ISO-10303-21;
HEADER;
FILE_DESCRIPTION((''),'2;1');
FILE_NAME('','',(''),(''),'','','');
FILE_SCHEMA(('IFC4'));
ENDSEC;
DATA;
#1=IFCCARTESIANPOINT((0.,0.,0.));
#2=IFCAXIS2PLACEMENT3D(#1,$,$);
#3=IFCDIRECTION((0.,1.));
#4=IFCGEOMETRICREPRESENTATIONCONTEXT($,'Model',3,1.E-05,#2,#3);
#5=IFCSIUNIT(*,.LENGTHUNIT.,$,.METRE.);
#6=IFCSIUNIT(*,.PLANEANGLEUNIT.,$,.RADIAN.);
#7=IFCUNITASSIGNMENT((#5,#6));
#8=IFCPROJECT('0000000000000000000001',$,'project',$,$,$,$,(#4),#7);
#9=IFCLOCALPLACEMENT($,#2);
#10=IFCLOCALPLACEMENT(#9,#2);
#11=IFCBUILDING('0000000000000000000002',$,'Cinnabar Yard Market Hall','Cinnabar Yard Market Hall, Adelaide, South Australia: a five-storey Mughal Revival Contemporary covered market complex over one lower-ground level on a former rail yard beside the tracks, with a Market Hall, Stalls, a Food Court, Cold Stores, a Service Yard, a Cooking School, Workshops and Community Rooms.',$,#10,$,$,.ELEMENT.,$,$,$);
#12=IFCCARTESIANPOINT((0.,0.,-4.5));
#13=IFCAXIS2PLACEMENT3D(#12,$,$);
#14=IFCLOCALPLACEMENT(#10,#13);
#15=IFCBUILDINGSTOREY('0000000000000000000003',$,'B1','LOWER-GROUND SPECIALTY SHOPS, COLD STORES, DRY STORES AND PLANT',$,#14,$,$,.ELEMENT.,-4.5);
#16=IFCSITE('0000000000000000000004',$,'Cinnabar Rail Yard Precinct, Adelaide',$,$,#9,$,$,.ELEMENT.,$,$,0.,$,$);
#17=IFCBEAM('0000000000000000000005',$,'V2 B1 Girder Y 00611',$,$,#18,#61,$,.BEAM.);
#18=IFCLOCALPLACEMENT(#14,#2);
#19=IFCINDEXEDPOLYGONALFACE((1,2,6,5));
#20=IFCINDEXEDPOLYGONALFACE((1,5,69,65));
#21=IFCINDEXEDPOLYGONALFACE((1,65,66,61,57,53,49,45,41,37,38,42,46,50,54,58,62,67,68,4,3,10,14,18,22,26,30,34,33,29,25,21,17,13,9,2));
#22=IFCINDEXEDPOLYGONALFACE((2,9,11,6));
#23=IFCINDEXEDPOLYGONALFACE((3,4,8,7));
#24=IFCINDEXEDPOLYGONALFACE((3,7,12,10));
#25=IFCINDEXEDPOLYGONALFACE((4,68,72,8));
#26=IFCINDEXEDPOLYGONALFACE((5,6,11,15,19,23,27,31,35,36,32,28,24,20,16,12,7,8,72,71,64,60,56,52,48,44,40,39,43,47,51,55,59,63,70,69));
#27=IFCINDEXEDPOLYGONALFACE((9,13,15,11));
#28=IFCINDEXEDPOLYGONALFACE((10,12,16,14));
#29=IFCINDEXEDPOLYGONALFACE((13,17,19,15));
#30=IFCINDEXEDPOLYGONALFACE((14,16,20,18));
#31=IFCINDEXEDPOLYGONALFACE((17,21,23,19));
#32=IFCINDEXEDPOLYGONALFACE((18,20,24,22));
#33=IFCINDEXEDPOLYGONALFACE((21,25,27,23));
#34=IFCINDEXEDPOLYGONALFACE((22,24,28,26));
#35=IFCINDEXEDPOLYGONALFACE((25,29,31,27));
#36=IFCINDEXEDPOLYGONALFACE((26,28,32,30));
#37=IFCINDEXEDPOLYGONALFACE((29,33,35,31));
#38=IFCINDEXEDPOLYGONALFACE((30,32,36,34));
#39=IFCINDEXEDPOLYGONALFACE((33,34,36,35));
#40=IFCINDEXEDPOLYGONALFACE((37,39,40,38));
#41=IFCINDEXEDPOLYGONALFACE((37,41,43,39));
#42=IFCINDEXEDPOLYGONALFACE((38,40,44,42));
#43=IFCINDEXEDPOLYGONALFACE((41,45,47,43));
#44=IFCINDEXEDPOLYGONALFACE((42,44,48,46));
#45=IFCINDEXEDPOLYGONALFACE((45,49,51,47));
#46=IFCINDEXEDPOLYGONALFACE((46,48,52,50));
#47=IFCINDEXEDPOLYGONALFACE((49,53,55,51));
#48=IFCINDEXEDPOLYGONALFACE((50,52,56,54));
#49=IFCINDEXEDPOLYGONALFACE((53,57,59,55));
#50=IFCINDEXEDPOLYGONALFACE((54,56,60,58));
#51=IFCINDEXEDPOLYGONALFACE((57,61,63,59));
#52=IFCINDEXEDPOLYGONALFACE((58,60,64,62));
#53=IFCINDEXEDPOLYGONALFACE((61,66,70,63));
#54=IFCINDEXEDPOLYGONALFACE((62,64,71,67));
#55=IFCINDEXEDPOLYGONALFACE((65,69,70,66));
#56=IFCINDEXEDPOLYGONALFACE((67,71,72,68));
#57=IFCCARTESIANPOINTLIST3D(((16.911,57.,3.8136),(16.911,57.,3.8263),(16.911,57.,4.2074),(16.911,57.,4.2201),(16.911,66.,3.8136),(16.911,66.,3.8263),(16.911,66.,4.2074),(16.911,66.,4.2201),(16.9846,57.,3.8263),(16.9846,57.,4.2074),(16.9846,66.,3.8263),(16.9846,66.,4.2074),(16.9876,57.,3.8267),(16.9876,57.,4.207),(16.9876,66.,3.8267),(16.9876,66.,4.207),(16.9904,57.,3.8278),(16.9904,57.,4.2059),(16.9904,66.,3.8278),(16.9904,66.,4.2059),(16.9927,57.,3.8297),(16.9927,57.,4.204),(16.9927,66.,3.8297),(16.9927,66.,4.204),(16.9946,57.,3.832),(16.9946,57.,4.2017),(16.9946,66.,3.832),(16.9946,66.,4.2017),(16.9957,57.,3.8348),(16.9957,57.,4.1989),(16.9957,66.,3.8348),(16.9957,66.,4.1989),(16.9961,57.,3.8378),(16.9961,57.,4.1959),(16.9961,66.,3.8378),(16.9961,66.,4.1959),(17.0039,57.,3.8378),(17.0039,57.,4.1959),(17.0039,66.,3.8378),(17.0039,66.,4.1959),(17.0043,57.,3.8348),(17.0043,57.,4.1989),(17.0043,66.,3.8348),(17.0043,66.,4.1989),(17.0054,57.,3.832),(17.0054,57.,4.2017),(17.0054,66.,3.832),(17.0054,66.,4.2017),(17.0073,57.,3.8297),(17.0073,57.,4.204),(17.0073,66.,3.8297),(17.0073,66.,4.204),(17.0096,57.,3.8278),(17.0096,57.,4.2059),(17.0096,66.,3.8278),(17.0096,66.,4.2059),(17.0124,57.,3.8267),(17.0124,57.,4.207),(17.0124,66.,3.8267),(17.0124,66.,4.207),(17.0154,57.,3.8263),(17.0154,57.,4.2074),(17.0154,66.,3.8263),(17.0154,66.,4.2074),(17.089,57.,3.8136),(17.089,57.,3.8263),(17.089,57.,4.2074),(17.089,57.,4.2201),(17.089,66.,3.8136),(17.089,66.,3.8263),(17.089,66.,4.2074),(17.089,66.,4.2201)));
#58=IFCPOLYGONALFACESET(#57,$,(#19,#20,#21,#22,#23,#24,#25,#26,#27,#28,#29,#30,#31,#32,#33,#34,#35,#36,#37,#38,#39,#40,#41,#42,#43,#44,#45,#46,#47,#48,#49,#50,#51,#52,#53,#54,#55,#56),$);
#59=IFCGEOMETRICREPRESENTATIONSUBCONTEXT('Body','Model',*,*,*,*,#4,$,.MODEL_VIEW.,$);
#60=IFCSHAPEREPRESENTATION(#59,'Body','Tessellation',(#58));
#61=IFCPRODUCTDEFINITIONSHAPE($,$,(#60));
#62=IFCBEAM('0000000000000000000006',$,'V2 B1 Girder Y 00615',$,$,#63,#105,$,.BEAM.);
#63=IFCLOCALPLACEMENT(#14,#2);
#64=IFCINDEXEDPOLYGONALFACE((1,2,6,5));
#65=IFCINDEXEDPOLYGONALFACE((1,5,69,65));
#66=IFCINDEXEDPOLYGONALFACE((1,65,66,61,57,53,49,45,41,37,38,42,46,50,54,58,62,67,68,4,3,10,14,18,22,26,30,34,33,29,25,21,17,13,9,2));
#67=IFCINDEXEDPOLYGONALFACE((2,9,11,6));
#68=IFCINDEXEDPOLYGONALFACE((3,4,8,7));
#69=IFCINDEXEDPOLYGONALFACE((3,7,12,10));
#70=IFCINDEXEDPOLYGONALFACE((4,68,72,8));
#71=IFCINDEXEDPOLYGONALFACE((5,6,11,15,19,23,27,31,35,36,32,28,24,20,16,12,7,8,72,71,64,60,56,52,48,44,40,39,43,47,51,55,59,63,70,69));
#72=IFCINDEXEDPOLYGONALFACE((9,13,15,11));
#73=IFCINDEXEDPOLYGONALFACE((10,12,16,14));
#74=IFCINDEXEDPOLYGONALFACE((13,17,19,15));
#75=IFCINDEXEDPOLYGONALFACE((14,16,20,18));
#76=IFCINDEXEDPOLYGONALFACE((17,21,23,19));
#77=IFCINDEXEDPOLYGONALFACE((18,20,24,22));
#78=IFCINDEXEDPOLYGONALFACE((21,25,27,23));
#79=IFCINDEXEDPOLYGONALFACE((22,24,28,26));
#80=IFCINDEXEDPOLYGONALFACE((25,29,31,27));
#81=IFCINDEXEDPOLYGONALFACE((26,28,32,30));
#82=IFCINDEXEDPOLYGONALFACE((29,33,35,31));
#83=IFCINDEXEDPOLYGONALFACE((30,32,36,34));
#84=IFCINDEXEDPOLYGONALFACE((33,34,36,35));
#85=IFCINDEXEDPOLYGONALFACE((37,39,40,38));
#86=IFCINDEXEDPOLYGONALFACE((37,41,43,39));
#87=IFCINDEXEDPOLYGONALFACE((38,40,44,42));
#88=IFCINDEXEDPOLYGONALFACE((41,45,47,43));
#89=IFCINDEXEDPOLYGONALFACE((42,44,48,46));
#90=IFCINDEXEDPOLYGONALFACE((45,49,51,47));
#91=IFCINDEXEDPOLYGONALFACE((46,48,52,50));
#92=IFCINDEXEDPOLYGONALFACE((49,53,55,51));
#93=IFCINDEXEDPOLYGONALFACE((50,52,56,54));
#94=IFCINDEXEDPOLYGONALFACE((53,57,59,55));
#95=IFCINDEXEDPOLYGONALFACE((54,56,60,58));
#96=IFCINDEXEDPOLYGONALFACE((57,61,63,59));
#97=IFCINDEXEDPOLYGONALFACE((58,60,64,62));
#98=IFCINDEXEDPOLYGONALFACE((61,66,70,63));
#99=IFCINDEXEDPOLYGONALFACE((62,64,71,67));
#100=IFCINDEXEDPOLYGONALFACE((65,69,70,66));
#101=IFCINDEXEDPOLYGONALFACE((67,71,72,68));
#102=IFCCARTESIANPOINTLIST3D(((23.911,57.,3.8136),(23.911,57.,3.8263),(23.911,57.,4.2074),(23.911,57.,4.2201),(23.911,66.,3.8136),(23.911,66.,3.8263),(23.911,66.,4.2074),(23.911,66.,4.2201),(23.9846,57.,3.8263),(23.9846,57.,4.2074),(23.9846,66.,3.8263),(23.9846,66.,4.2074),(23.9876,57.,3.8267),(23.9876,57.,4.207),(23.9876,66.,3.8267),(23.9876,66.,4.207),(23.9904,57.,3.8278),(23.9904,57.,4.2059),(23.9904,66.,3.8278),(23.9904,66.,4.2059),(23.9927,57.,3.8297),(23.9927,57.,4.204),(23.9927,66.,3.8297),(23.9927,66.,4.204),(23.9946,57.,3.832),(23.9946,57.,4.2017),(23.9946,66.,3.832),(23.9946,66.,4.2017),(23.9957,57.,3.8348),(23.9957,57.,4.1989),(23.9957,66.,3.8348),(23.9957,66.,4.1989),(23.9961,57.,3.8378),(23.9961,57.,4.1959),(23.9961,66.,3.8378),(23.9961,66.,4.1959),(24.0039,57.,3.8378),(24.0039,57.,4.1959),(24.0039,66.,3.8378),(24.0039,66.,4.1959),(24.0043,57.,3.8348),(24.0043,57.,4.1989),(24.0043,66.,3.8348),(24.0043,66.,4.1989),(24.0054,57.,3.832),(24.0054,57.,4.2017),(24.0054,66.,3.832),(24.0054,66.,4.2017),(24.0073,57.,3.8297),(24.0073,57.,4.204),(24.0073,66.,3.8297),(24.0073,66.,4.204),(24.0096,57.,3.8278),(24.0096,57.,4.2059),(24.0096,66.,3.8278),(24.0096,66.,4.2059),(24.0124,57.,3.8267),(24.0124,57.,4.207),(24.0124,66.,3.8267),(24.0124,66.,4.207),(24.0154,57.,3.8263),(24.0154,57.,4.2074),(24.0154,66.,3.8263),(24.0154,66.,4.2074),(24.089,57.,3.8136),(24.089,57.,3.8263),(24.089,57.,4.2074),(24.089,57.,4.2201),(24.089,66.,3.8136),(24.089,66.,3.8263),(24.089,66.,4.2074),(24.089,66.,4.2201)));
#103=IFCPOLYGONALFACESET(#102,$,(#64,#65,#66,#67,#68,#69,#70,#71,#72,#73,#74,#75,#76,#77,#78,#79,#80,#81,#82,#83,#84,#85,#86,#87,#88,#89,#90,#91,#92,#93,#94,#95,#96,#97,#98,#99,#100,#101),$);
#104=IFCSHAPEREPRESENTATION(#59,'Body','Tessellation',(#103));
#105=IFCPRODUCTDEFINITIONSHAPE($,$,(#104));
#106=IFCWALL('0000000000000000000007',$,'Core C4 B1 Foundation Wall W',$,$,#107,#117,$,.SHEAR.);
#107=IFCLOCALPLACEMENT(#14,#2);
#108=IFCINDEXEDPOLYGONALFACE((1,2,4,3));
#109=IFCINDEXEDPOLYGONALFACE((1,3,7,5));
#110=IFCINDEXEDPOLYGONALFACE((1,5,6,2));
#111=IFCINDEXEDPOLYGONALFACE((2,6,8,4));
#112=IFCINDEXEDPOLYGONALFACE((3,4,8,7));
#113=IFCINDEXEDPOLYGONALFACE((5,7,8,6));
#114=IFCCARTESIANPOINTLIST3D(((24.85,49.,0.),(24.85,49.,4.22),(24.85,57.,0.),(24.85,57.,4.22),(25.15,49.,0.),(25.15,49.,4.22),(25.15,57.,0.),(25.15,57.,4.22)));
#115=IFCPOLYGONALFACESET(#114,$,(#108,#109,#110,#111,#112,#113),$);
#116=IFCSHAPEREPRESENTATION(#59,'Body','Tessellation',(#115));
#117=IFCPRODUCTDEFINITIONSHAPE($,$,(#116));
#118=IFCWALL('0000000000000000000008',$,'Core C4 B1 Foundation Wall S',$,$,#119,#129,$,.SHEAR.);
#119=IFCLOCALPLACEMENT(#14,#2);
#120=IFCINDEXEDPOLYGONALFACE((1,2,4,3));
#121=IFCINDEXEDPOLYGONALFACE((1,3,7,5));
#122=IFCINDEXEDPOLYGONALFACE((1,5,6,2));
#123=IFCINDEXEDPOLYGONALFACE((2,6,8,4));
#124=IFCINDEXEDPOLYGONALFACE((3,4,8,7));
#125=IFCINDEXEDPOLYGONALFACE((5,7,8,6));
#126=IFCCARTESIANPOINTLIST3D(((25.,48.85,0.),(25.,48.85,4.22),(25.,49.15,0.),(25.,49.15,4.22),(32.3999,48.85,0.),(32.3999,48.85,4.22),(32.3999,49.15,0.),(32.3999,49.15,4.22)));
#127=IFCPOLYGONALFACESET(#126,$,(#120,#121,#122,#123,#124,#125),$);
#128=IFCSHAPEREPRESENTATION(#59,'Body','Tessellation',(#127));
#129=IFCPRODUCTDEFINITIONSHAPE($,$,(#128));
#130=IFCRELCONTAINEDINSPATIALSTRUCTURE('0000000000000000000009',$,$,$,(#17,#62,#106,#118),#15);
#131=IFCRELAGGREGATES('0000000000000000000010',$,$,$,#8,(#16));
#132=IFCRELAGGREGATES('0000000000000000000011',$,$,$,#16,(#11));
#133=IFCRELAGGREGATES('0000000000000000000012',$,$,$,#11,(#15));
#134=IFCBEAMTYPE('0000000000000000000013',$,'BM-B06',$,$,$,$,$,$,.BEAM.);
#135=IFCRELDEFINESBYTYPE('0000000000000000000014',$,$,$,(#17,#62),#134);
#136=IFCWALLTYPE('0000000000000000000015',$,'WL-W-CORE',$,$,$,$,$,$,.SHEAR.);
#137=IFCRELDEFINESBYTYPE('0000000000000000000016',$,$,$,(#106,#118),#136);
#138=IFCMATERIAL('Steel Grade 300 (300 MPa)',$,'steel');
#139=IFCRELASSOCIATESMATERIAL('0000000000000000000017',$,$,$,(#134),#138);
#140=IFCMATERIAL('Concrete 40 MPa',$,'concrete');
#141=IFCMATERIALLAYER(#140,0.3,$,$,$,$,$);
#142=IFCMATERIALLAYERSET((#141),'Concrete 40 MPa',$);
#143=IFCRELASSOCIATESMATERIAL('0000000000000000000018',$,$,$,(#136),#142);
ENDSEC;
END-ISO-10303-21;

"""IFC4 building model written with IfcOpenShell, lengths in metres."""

from ifc_helpers import new_model, si_unit, direction, frame, frame_2d, origin, origin_2d_with_axis, place, context, subcontext, project, spatial, rectangle, i_section, extrude, material, layer, layer_set, material_profile, profile_set, type_object, element, save


model = new_model("IFC4")

# Units and contexts
model_context = context("Model", 3, precision=1e-05, world=origin(), true_north=direction((0.0, 1.0)))
body_context = subcontext(model_context, "Body", "Model", "MODEL_VIEW")
ifc_project = project(units=[si_unit("LENGTHUNIT", "METRE"), si_unit("PLANEANGLEUNIT", "RADIAN")], contexts=[model_context])

# Site, building, storey
site_placement = place(None, origin())
site = spatial("IfcSite", under=ifc_project, at=site_placement, Name="Cinnabar Rail Yard Precinct, Adelaide", CompositionType="ELEMENT", RefElevation=0.0)
building_placement = place(site_placement, origin())
building = spatial("IfcBuilding", under=site, at=building_placement, Name="Cinnabar Yard Market Hall", Description="Cinnabar Yard Market Hall, Adelaide, South Australia: a five-storey Mughal Revival Contemporary covered market complex over one lower-ground level on a former rail yard beside the tracks, with a Market Hall, Stalls, a Food Court, Cold Stores, a Service Yard, a Cooking School, Workshops and Community Rooms.", CompositionType="ELEMENT")
storey_placement = place(building_placement, frame((0.0, 0.0, -4.5)))
storey = spatial("IfcBuildingStorey", under=building, at=storey_placement, Name="B1", Description="LOWER-GROUND SPECIALTY SHOPS, COLD STORES, DRY STORES AND PLANT", CompositionType="ELEMENT", Elevation=-4.5)

# Shared definitions
ifc_material_1 = material(Name="Concrete 40 MPa", Category="concrete")

# Shared definitions
ifc_material_2 = material(Name="Steel Grade 300 (300 MPa)", Category="steel")

# Beams
ifc_material_profile_1 = material_profile(ifc_material_2, i_section(OverallWidth=0.178, OverallDepth=0.4065, WebThickness=0.0078, FlangeThickness=0.0127, FilletRadius=0.0115, at=origin_2d_with_axis()), Name="410UB59.7")
ifc_profile_set_1 = profile_set([ifc_material_profile_1], Name="Steel Grade 300 (300 MPa)")
beam_type_1 = type_object("IfcBeamType", Name="BM-B06", PredefinedType="BEAM", material=ifc_profile_set_1)
for number, where, z_axis, x_axis, name in (
    (1, (17.0, 57.0, 4.0168), (0.0, 1.0, 0.0), (-1.0, 0.0, 0.0), "V2 B1 Girder Y 00611"),
    (2, (24.0, 57.0, 4.0168), (0.0, 1.0, 0.0), (-1.0, 0.0, 0.0), "V2 B1 Girder Y 00615"),
):
    element("IfcBeam", number, at=place(storey_placement, frame(where, z_axis=z_axis, x_axis=x_axis)), inside=storey, type_object=beam_type_1, Name=name, PredefinedType="BEAM", context=body_context, shape_type="SweptSolid", body=[
        extrude(i_section(OverallWidth=0.178, OverallDepth=0.4065, WebThickness=0.0078, FlangeThickness=0.0127, FilletRadius=0.0115, at=origin_2d_with_axis()), origin(), (0.0, 0.0, 1.0), 9.0),
    ])

# Walls
ifc_layer_1 = layer(ifc_material_1, 0.3)
ifc_layer_set_1 = layer_set([ifc_layer_1], Name="Concrete 40 MPa")
wall_type = type_object("IfcWallType", Name="WL-W-CORE", PredefinedType="SHEAR", material=ifc_layer_set_1)
wall_1_placement = place(storey_placement, frame((25.0, 57.0, 0.0), z_axis=(0.0, 0.0, 1.0), x_axis=(0.0, -1.0, 0.0)))
element("IfcWall", 3, at=wall_1_placement, inside=storey, type_object=wall_type, Name="Core C4 B1 Foundation Wall W", PredefinedType="SHEAR", context=body_context, shape_type="SweptSolid", body=[
    extrude(rectangle(XDim=8.0, YDim=0.3, at=frame_2d((4.0, 0.0), x_axis=(1.0, 0.0))), origin(), (0.0, 0.0, 1.0), 4.22),
])
wall_2_placement = place(storey_placement, frame((25.0, 49.0, 0.0), z_axis=(0.0, 0.0, 1.0), x_axis=(1.0, 0.0, 0.0)))
element("IfcWall", 4, at=wall_2_placement, inside=storey, type_object=wall_type, Name="Core C4 B1 Foundation Wall S", PredefinedType="SHEAR", context=body_context, shape_type="SweptSolid", body=[
    extrude(rectangle(XDim=7.3999, YDim=0.3, at=frame_2d((3.7, 0.0), x_axis=(1.0, 0.0))), origin(), (0.0, 0.0, 1.0), 4.22),
])

save(model, "model.ifc")
